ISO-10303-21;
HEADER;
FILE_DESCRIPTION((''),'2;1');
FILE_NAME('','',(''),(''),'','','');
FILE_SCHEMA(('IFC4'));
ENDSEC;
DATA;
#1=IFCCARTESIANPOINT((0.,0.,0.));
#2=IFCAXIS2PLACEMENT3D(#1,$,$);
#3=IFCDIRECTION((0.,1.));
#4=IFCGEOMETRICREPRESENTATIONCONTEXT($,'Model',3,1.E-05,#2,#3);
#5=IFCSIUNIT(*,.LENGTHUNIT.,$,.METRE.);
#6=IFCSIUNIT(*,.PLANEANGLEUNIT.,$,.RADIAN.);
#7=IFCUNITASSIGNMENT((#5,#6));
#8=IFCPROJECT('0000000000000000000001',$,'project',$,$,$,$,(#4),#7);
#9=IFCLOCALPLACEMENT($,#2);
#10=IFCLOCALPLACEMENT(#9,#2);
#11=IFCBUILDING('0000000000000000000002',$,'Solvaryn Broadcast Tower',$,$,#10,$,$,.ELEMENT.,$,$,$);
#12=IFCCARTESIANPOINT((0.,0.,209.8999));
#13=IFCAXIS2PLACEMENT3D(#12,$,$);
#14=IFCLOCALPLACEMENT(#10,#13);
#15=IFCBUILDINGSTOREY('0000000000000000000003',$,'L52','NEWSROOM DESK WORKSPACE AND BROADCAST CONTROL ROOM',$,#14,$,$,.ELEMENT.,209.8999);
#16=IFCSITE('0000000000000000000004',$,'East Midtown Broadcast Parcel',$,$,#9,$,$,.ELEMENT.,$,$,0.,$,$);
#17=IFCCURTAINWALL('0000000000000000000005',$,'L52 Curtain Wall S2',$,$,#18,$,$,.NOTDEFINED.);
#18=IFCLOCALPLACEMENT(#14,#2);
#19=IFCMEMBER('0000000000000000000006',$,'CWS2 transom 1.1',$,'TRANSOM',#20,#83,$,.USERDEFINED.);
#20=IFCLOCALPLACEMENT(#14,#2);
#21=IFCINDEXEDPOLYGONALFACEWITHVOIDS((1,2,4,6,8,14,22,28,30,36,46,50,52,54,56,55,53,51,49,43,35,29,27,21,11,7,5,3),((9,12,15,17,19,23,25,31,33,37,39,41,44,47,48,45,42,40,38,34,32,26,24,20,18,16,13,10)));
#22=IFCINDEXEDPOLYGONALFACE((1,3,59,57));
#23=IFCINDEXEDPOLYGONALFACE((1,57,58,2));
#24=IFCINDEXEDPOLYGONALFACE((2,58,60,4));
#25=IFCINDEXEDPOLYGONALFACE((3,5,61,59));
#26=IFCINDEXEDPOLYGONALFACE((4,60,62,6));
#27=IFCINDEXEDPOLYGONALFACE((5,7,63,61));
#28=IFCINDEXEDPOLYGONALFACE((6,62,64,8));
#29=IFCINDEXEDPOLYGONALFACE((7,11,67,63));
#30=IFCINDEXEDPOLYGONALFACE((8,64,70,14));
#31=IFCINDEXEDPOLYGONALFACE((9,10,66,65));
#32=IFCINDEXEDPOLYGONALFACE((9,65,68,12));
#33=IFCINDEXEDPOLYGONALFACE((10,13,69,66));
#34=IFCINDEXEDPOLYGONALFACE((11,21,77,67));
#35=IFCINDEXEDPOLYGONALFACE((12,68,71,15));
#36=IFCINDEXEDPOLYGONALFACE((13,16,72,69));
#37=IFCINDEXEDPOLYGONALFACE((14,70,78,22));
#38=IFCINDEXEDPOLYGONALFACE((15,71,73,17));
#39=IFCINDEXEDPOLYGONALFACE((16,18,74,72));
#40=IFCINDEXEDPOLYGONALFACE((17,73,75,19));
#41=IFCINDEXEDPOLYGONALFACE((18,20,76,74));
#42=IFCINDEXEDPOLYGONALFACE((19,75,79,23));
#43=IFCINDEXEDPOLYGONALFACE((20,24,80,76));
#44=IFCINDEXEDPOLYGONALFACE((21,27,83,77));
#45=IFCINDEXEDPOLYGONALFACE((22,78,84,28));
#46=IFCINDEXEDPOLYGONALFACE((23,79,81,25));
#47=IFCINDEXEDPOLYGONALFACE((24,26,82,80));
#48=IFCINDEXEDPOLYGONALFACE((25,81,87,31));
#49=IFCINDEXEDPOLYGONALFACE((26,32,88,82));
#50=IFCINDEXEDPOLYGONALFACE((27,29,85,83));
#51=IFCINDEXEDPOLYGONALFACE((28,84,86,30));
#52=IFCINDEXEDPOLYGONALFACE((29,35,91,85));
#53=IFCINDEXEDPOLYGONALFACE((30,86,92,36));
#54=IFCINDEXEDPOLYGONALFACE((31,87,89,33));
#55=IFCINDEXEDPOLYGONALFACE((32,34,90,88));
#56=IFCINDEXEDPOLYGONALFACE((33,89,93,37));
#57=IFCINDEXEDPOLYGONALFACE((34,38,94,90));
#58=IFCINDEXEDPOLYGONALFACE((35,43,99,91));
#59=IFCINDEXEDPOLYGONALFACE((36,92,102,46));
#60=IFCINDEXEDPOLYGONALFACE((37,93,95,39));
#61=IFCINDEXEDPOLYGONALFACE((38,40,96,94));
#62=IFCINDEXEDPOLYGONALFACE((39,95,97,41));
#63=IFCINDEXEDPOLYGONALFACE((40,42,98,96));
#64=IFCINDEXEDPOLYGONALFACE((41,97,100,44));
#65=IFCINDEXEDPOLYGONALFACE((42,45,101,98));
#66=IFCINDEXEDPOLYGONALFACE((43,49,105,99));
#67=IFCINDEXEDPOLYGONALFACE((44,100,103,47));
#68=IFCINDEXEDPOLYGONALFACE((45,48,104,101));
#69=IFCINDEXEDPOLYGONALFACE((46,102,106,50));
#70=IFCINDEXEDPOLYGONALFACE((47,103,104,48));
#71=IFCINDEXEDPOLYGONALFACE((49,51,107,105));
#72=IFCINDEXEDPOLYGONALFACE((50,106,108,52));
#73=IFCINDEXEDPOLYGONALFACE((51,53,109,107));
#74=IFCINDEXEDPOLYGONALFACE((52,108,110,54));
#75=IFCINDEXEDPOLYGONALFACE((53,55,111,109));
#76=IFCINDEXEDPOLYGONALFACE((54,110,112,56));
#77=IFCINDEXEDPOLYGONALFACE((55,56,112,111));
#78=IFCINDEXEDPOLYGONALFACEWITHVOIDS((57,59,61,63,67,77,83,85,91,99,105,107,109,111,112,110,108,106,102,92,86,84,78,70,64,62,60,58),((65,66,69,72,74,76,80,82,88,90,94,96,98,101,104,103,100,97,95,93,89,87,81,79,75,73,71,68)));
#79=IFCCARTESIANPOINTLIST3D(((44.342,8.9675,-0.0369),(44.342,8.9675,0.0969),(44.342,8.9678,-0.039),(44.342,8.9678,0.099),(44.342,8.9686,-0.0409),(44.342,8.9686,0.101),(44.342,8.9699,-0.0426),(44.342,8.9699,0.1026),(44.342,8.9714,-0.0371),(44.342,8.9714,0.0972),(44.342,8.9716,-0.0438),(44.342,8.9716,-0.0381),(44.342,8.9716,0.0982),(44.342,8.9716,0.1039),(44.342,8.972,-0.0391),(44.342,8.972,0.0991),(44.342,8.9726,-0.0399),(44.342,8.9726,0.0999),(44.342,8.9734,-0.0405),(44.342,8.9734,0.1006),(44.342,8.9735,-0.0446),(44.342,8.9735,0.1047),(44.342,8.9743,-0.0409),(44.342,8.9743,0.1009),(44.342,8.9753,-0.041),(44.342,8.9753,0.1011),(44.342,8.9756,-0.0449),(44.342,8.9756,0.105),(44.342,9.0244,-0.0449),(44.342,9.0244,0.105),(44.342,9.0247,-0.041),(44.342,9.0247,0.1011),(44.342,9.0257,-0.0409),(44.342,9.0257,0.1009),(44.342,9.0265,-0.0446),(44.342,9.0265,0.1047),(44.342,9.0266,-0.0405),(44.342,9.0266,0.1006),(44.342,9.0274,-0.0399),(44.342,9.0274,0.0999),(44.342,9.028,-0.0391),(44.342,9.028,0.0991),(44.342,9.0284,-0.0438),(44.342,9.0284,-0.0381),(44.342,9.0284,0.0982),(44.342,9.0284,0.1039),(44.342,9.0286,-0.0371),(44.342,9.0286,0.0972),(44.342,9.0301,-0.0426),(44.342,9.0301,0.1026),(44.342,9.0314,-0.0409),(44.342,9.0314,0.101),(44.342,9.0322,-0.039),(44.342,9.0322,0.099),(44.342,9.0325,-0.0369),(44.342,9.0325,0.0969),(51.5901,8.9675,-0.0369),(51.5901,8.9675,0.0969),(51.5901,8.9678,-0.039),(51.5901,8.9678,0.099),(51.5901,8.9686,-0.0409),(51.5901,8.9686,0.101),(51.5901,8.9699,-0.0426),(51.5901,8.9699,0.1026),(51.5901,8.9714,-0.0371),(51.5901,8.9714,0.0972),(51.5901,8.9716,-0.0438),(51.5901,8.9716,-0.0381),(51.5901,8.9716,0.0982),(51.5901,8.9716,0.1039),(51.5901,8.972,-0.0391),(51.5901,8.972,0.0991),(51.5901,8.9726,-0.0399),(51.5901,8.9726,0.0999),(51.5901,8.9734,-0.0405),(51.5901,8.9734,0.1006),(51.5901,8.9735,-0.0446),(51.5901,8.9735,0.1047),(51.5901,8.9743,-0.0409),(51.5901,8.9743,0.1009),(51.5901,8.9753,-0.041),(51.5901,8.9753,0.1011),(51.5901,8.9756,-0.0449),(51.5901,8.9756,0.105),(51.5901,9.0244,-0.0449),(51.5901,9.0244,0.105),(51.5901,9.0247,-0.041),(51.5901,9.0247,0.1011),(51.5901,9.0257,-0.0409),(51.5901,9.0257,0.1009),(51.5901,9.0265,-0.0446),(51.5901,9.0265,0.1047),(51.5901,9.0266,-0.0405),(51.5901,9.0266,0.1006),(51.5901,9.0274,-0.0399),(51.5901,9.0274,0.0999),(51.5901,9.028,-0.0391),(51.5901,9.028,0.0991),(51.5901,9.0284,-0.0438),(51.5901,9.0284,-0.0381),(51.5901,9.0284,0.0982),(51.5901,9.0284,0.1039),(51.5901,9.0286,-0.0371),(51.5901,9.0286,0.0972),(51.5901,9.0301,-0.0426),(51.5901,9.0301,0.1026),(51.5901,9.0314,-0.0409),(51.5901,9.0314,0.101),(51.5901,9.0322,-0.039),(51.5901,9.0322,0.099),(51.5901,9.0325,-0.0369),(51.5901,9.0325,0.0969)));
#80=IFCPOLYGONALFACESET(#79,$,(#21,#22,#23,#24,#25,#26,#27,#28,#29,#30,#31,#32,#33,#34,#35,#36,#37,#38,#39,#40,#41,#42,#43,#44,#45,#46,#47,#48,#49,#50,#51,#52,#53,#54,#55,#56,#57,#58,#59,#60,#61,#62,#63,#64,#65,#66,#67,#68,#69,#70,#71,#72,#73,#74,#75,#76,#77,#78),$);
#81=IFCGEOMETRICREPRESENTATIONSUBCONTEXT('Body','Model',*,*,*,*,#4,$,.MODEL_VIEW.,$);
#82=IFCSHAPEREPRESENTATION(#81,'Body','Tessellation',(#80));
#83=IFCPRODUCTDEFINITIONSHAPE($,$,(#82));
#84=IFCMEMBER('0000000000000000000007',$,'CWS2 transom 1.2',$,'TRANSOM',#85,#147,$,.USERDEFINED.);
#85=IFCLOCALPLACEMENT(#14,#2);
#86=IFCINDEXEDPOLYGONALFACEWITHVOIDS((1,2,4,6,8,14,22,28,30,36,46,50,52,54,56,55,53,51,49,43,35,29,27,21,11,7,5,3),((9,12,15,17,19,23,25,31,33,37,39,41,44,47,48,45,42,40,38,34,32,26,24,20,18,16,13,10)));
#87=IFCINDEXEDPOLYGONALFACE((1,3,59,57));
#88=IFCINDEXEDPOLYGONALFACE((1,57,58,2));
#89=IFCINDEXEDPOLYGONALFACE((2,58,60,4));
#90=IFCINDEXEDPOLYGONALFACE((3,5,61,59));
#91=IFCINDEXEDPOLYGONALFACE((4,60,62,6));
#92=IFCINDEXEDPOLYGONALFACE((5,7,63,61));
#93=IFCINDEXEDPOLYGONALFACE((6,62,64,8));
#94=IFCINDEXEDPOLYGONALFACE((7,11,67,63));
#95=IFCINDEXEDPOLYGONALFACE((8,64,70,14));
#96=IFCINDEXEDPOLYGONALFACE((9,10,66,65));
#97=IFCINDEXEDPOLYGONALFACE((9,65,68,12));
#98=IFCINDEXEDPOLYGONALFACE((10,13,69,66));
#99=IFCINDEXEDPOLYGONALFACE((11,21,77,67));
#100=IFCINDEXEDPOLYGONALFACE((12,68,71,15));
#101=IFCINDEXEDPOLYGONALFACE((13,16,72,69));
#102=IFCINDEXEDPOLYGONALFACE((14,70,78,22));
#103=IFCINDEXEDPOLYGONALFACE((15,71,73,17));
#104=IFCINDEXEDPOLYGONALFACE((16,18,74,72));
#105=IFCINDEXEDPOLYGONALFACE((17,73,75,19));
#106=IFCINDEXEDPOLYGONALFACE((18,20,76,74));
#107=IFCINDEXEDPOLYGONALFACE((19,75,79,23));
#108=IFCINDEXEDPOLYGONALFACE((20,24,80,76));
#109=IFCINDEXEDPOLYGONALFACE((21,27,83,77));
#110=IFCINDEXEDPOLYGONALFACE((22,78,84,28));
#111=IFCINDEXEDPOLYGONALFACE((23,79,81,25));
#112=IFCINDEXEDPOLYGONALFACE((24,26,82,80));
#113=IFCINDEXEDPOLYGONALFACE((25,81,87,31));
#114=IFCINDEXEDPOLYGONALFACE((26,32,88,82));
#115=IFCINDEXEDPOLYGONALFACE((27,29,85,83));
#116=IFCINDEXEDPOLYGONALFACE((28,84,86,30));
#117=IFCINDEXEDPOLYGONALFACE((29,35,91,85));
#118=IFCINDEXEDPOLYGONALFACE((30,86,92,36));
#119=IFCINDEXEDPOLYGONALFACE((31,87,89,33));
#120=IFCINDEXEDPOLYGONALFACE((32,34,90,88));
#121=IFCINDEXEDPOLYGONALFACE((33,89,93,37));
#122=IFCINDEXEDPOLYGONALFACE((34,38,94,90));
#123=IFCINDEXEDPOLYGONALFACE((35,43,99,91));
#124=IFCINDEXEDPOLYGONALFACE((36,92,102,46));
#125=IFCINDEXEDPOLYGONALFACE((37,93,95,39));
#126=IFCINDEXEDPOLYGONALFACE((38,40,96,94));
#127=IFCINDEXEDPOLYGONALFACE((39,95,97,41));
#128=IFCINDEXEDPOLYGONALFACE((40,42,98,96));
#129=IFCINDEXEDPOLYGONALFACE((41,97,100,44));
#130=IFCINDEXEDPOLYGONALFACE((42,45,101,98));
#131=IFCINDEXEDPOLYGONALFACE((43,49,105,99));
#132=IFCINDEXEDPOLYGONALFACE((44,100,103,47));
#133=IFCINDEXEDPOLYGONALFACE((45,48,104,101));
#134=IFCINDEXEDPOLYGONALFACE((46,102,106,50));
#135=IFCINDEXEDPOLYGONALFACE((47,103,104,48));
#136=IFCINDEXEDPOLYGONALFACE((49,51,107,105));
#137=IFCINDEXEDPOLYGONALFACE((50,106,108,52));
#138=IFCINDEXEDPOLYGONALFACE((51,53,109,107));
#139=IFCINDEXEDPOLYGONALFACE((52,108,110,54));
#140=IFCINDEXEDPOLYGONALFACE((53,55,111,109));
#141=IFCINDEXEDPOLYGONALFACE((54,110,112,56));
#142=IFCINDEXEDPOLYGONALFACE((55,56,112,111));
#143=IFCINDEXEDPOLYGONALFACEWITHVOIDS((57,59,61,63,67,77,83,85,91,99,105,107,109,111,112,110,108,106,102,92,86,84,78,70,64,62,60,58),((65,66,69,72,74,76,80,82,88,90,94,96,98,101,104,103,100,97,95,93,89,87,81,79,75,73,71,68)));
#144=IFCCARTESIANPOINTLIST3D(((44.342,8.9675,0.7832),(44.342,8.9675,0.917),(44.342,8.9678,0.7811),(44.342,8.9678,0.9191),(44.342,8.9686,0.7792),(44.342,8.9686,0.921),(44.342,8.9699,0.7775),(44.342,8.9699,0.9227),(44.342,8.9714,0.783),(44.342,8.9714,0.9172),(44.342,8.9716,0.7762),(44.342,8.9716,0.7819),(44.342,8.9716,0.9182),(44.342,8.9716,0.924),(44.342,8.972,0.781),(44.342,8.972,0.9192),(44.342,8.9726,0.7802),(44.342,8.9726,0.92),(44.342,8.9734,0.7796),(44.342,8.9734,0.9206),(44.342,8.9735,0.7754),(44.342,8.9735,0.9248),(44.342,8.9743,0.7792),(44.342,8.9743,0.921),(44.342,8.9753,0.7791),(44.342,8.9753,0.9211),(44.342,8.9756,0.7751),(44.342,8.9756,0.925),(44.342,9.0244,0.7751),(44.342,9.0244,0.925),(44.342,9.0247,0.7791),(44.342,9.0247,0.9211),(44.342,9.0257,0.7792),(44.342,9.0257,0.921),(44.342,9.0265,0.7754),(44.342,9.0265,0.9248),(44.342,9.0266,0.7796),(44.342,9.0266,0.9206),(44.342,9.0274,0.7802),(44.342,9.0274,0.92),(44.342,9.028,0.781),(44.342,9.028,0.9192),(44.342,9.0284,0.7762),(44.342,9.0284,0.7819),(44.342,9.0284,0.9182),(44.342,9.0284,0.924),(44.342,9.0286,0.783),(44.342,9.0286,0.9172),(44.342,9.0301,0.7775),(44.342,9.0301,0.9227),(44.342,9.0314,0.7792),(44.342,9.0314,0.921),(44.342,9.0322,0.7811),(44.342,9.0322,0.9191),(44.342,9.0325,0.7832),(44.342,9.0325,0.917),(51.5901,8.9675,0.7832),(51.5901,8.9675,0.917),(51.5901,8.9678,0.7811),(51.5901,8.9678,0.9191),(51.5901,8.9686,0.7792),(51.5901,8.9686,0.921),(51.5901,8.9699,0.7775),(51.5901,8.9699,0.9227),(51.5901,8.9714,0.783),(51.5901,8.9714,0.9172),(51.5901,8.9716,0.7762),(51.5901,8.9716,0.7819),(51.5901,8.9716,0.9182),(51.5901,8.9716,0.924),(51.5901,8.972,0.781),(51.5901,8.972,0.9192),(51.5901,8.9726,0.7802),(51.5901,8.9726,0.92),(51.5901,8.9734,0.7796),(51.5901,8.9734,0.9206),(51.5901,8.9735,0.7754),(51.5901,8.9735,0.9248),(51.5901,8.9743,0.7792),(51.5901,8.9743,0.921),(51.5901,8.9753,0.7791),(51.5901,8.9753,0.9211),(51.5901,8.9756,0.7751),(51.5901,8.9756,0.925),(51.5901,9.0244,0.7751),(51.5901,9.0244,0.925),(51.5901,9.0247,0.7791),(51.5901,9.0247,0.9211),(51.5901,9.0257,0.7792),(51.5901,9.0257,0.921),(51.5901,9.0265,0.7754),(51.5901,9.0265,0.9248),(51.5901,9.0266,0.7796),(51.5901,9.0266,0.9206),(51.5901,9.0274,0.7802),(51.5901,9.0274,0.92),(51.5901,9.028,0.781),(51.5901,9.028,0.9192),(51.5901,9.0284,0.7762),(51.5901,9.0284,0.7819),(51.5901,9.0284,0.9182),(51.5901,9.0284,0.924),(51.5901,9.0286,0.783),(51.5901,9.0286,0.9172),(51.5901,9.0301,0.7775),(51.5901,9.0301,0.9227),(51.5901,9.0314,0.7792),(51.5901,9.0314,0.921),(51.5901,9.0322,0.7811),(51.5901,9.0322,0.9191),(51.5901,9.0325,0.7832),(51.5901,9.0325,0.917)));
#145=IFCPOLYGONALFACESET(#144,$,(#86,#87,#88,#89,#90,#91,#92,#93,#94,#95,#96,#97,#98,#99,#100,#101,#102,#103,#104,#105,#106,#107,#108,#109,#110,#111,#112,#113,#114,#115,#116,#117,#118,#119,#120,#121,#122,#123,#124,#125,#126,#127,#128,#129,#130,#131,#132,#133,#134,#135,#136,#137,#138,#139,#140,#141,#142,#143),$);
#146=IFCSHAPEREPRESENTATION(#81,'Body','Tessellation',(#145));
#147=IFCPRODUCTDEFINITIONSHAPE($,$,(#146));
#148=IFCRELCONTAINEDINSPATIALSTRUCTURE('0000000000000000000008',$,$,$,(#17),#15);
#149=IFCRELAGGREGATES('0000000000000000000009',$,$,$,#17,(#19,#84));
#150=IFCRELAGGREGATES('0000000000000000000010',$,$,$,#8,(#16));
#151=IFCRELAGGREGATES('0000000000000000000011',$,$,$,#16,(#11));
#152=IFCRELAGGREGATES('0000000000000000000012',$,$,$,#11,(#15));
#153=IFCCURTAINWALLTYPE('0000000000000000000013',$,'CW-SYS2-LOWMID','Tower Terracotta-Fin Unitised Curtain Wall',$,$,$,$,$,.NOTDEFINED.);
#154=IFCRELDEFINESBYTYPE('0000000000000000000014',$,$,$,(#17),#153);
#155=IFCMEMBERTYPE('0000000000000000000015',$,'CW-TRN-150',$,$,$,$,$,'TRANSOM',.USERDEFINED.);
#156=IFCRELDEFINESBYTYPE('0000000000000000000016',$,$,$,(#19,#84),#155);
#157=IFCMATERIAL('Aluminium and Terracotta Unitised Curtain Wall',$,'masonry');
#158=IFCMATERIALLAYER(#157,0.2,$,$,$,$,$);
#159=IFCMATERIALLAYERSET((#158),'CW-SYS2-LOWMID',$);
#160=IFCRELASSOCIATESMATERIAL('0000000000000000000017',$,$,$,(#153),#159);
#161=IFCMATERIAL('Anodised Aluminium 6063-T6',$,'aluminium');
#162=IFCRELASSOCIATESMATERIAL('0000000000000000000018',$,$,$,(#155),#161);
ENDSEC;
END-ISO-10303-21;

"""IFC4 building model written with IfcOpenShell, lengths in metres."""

from ifc_helpers import new_model, si_unit, direction, frame, origin, origin_2d, place, context, subcontext, project, spatial, hollow_rectangle, extrude, material, layer, layer_set, material_profile, profile_set, type_object, element, aggregate, save


model = new_model("IFC4")

# Units and contexts
model_context = context("Model", 3, precision=1e-05, world=origin(), true_north=direction((0.0, 1.0)))
body_context = subcontext(model_context, "Body", "Model", "MODEL_VIEW")
ifc_project = project(units=[si_unit("LENGTHUNIT", "METRE"), si_unit("PLANEANGLEUNIT", "RADIAN")], contexts=[model_context])

# Site, building, storey
site_placement = place(None, origin())
site = spatial("IfcSite", under=ifc_project, at=site_placement, Name="East Midtown Broadcast Parcel", CompositionType="ELEMENT", RefElevation=0.0)
building_placement = place(site_placement, origin())
building = spatial("IfcBuilding", under=site, at=building_placement, Name="Solvaryn Broadcast Tower", CompositionType="ELEMENT")
storey_placement = place(building_placement, frame((0.0, 0.0, 209.8999)))
storey = spatial("IfcBuildingStorey", under=building, at=storey_placement, Name="L52", Description="NEWSROOM DESK WORKSPACE AND BROADCAST CONTROL ROOM", CompositionType="ELEMENT", Elevation=209.8999)

# Shared definitions
ifc_material_1 = material(Name="Aluminium and Terracotta Unitised Curtain Wall", Category="masonry")
ifc_layer_1 = layer(ifc_material_1, 0.2)
ifc_layer_set_1 = layer_set([ifc_layer_1], Name="CW-SYS2-LOWMID")
curtain_wall_type = type_object("IfcCurtainWallType", Name="CW-SYS2-LOWMID", Description="Tower Terracotta-Fin Unitised Curtain Wall", PredefinedType="NOTDEFINED", material=ifc_layer_set_1)

# Curtain wall, members
curtain_wall_1_placement = place(storey_placement, origin())
curtain_wall_1 = element("IfcCurtainWall", 1, at=curtain_wall_1_placement, inside=storey, type_object=curtain_wall_type, Name="L52 Curtain Wall S2", PredefinedType="NOTDEFINED")
ifc_material_2 = material(Name="Anodised Aluminium 6063-T6", Category="aluminium")
ifc_material_profile_1 = material_profile(ifc_material_2, hollow_rectangle(XDim=0.0649, YDim=0.1499, WallThickness=0.0039, InnerFilletRadius=0.0039, OuterFilletRadius=0.0081, at=origin_2d()))
ifc_profile_set_1 = profile_set([ifc_material_profile_1], Name="Anodised Aluminium 6063-T6")
member_type_1 = type_object("IfcMemberType", Name="CW-TRN-150", ElementType="TRANSOM", PredefinedType="USERDEFINED", material=ifc_profile_set_1)
member_1_placement = place(storey_placement, frame((44.342, 9.0, 0.03), z_axis=(1.0, 0.0, 0.0), x_axis=(0.0, 1.0, 0.0)))
member_1 = element("IfcMember", 2, at=member_1_placement, type_object=member_type_1, Name="CWS2 transom 1.1", ObjectType="TRANSOM", PredefinedType="USERDEFINED", context=body_context, shape_type="SweptSolid", body=[
    extrude(hollow_rectangle(XDim=0.0649, YDim=0.1499, WallThickness=0.0039, InnerFilletRadius=0.0039, OuterFilletRadius=0.0081, at=origin_2d()), origin(), (0.0, 0.0, 1.0), 7.248),
])
member_2_placement = place(storey_placement, frame((44.342, 9.0, 0.8501), z_axis=(1.0, 0.0, 0.0), x_axis=(0.0, 1.0, 0.0)))
member_2 = element("IfcMember", 3, at=member_2_placement, type_object=member_type_1, Name="CWS2 transom 1.2", ObjectType="TRANSOM", PredefinedType="USERDEFINED", context=body_context, shape_type="SweptSolid", body=[
    extrude(hollow_rectangle(XDim=0.0649, YDim=0.1499, WallThickness=0.0039, InnerFilletRadius=0.0039, OuterFilletRadius=0.0081, at=origin_2d()), origin(), (0.0, 0.0, 1.0), 7.248),
])
aggregate(curtain_wall_1, [member_1, member_2])

save(model, "model.ifc")
